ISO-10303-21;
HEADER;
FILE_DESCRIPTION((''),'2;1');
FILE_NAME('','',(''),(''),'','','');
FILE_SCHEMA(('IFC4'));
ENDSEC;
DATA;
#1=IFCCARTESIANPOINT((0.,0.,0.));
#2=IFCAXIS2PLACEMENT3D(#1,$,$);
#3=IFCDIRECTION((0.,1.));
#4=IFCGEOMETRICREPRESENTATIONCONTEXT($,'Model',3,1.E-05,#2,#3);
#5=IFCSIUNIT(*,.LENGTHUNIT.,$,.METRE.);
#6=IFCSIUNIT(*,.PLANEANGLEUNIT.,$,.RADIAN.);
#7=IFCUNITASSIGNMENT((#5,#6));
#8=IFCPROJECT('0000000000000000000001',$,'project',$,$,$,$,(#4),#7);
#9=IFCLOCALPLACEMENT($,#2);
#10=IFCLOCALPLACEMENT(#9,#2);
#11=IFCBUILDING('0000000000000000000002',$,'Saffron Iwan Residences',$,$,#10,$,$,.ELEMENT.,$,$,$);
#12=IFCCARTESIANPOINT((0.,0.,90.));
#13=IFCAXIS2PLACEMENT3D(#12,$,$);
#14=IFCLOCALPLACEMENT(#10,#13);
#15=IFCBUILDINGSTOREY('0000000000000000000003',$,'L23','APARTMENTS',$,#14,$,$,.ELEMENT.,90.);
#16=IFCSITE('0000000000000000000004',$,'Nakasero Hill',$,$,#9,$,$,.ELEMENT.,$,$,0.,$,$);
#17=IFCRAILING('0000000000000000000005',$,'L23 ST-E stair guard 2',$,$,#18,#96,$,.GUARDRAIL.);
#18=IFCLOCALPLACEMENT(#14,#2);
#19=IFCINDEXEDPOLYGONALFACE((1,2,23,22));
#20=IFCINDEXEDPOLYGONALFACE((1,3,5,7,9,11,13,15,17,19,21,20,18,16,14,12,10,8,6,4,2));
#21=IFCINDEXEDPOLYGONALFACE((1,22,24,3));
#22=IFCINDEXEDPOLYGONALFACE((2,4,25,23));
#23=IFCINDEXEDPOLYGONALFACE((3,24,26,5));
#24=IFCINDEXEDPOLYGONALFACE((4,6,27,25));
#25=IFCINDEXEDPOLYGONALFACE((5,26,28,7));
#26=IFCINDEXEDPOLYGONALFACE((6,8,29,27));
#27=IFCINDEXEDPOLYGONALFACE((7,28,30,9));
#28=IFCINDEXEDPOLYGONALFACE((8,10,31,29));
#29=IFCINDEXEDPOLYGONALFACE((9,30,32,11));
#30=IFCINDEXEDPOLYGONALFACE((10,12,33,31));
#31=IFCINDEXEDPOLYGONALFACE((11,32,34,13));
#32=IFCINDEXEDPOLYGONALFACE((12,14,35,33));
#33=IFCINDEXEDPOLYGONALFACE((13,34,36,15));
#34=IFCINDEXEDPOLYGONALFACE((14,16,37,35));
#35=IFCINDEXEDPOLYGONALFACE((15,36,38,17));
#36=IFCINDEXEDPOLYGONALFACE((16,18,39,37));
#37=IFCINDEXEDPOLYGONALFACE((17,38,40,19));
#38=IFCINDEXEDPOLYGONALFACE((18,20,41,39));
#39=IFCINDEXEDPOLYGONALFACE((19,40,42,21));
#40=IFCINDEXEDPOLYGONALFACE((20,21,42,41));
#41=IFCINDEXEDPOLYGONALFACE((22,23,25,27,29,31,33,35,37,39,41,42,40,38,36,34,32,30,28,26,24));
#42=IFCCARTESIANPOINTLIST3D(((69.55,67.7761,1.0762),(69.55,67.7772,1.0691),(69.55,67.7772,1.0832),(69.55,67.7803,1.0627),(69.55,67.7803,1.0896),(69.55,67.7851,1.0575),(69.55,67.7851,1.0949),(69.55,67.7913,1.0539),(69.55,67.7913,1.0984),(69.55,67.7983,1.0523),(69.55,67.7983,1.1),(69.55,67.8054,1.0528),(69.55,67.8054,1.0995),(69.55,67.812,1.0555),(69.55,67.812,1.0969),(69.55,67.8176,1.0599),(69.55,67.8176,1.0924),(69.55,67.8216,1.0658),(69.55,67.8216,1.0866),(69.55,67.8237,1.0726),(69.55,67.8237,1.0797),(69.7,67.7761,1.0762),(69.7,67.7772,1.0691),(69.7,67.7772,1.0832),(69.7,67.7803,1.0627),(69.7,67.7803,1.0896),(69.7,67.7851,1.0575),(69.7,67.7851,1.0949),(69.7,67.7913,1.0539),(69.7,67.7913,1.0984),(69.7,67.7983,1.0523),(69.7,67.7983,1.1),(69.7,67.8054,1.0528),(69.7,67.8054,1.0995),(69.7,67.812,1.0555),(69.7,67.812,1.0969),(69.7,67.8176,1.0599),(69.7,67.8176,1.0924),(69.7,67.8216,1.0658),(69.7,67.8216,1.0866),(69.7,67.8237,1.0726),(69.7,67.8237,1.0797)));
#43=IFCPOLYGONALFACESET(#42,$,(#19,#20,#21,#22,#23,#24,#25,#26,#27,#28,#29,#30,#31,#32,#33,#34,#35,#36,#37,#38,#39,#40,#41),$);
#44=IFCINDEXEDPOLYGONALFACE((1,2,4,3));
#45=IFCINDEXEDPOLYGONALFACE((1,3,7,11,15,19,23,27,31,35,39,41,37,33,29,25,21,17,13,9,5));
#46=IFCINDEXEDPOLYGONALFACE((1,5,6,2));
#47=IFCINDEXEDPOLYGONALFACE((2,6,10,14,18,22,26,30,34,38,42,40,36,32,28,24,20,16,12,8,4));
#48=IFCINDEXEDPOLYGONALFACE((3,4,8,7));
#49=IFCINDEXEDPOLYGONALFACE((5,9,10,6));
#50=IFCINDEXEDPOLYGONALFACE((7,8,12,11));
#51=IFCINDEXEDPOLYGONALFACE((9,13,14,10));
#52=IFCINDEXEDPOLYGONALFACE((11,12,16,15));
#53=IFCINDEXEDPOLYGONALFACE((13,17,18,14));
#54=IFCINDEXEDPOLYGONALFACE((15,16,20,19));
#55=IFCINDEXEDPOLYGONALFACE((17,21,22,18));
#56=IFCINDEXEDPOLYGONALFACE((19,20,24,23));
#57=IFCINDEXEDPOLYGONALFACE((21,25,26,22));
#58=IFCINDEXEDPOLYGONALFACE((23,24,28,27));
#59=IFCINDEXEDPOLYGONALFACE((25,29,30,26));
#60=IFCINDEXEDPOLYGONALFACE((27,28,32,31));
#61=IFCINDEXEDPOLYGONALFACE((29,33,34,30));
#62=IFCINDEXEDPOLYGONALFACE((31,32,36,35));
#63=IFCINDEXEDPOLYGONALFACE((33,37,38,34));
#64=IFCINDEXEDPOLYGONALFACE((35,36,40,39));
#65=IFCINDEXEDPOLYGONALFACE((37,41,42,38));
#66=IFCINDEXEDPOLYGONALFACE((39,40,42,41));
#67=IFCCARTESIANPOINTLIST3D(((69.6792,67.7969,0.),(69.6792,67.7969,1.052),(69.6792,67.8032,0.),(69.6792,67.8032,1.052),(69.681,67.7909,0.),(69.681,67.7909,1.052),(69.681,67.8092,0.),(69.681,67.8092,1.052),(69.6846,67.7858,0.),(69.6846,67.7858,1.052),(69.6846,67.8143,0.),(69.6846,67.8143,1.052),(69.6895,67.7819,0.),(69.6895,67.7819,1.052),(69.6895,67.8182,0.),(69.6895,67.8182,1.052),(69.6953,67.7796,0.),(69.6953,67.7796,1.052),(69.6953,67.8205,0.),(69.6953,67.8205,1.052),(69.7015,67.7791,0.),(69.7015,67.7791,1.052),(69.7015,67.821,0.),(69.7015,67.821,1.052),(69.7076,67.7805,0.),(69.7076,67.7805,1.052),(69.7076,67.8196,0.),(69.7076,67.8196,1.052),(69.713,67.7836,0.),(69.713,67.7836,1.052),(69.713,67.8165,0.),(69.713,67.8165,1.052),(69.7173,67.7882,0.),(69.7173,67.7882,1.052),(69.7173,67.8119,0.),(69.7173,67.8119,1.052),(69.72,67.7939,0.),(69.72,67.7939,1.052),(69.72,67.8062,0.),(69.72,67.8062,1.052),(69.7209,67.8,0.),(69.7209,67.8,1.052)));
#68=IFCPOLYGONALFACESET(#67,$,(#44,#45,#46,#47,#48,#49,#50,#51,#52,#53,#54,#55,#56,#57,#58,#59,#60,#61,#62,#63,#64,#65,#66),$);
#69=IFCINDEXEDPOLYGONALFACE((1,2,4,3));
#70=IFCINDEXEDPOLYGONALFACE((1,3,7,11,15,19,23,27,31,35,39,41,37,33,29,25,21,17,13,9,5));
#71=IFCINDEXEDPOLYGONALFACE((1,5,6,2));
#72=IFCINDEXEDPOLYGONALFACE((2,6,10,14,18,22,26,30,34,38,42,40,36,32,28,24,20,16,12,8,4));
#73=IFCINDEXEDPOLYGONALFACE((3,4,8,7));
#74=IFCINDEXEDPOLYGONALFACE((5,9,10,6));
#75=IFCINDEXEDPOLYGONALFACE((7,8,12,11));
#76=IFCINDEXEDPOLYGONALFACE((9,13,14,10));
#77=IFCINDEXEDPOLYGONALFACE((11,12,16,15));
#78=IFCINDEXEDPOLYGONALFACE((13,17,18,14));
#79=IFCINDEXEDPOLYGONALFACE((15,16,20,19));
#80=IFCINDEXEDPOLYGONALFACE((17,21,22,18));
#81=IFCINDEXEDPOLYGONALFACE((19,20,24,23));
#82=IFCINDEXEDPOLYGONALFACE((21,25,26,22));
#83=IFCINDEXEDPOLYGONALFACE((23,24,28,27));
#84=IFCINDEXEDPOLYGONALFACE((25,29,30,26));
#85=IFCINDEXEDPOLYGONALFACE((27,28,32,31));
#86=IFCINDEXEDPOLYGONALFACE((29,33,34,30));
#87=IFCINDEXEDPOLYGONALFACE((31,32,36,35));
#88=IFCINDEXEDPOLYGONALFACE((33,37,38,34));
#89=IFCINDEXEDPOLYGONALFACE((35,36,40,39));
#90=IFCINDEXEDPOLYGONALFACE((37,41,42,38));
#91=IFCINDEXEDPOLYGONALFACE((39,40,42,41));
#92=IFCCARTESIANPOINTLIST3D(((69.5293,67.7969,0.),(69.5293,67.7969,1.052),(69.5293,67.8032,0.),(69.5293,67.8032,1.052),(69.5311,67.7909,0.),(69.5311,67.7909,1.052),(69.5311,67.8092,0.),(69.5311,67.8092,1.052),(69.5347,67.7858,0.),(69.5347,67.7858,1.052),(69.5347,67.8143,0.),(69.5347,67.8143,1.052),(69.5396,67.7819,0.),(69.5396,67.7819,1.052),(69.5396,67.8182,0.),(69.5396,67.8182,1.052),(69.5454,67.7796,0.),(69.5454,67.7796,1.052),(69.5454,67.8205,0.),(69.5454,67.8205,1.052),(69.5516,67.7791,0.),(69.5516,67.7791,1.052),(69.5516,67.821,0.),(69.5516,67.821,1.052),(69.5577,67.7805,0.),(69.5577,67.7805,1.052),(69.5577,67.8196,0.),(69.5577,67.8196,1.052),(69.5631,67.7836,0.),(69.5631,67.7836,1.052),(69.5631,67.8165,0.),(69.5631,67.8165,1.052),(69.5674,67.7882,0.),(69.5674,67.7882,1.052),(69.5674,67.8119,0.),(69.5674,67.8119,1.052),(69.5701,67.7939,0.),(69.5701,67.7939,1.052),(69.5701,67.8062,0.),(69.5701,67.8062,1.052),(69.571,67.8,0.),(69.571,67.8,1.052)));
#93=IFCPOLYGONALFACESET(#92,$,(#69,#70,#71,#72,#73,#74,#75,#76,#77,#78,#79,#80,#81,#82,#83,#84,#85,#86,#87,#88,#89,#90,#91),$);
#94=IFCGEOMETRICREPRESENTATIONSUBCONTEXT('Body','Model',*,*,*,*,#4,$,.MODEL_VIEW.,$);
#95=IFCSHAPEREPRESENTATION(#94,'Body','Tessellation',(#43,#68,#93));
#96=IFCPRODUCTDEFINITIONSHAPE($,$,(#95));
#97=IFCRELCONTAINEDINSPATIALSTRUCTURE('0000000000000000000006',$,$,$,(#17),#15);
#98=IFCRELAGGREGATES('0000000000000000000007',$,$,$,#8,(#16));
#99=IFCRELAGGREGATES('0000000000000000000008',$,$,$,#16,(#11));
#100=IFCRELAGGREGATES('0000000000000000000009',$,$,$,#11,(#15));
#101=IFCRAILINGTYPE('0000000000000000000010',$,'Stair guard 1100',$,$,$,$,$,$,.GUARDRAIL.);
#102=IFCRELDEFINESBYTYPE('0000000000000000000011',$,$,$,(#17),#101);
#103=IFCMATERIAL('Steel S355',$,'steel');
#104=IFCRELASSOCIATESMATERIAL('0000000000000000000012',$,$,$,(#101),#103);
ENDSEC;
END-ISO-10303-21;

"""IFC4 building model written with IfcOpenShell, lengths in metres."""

from ifc_helpers import new_model, si_unit, direction, frame, origin, origin_2d, place, context, subcontext, project, spatial, circle, extrude, material, type_object, element, save


model = new_model("IFC4")

# Units and contexts
model_context = context("Model", 3, precision=1e-05, world=origin(), true_north=direction((0.0, 1.0)))
body_context = subcontext(model_context, "Body", "Model", "MODEL_VIEW")
ifc_project = project(units=[si_unit("LENGTHUNIT", "METRE"), si_unit("PLANEANGLEUNIT", "RADIAN")], contexts=[model_context])

# Site, building, storey
site_placement = place(None, origin())
site = spatial("IfcSite", under=ifc_project, at=site_placement, Name="Nakasero Hill", CompositionType="ELEMENT", RefElevation=0.0)
building_placement = place(site_placement, origin())
building = spatial("IfcBuilding", under=site, at=building_placement, Name="Saffron Iwan Residences", CompositionType="ELEMENT")
storey_placement = place(building_placement, frame((0.0, 0.0, 90.0)))
storey = spatial("IfcBuildingStorey", under=building, at=storey_placement, Name="L23", Description="APARTMENTS", CompositionType="ELEMENT", Elevation=90.0)

# Railing
ifc_material_1 = material(Name="Steel S355", Category="steel")
railing_type_1 = type_object("IfcRailingType", Name="Stair guard 1100", PredefinedType="GUARDRAIL", material=ifc_material_1)
railing_1_placement = place(storey_placement, frame((69.7, 67.8, 0.0)))
element("IfcRailing", 1, at=railing_1_placement, inside=storey, type_object=railing_type_1, Name="L23 ST-E stair guard 2", PredefinedType="GUARDRAIL", context=body_context, shape_type="SweptSolid", body=[
    extrude(circle(Radius=0.0239, at=origin_2d()), frame((0.0, 0.0, 1.0762), z_axis=(-1.0, 0.0, 0.0), x_axis=(0.0, -1.0, 0.0)), (0.0, 0.0, 1.0), 0.1499),
    extrude(circle(Radius=0.021, at=origin_2d()), origin(), (0.0, 0.0, 1.0), 1.052),
    extrude(circle(Radius=0.021, at=origin_2d()), frame((-0.1499, 0.0, 0.0)), (0.0, 0.0, 1.0), 1.052),
])

save(model, "model.ifc")
